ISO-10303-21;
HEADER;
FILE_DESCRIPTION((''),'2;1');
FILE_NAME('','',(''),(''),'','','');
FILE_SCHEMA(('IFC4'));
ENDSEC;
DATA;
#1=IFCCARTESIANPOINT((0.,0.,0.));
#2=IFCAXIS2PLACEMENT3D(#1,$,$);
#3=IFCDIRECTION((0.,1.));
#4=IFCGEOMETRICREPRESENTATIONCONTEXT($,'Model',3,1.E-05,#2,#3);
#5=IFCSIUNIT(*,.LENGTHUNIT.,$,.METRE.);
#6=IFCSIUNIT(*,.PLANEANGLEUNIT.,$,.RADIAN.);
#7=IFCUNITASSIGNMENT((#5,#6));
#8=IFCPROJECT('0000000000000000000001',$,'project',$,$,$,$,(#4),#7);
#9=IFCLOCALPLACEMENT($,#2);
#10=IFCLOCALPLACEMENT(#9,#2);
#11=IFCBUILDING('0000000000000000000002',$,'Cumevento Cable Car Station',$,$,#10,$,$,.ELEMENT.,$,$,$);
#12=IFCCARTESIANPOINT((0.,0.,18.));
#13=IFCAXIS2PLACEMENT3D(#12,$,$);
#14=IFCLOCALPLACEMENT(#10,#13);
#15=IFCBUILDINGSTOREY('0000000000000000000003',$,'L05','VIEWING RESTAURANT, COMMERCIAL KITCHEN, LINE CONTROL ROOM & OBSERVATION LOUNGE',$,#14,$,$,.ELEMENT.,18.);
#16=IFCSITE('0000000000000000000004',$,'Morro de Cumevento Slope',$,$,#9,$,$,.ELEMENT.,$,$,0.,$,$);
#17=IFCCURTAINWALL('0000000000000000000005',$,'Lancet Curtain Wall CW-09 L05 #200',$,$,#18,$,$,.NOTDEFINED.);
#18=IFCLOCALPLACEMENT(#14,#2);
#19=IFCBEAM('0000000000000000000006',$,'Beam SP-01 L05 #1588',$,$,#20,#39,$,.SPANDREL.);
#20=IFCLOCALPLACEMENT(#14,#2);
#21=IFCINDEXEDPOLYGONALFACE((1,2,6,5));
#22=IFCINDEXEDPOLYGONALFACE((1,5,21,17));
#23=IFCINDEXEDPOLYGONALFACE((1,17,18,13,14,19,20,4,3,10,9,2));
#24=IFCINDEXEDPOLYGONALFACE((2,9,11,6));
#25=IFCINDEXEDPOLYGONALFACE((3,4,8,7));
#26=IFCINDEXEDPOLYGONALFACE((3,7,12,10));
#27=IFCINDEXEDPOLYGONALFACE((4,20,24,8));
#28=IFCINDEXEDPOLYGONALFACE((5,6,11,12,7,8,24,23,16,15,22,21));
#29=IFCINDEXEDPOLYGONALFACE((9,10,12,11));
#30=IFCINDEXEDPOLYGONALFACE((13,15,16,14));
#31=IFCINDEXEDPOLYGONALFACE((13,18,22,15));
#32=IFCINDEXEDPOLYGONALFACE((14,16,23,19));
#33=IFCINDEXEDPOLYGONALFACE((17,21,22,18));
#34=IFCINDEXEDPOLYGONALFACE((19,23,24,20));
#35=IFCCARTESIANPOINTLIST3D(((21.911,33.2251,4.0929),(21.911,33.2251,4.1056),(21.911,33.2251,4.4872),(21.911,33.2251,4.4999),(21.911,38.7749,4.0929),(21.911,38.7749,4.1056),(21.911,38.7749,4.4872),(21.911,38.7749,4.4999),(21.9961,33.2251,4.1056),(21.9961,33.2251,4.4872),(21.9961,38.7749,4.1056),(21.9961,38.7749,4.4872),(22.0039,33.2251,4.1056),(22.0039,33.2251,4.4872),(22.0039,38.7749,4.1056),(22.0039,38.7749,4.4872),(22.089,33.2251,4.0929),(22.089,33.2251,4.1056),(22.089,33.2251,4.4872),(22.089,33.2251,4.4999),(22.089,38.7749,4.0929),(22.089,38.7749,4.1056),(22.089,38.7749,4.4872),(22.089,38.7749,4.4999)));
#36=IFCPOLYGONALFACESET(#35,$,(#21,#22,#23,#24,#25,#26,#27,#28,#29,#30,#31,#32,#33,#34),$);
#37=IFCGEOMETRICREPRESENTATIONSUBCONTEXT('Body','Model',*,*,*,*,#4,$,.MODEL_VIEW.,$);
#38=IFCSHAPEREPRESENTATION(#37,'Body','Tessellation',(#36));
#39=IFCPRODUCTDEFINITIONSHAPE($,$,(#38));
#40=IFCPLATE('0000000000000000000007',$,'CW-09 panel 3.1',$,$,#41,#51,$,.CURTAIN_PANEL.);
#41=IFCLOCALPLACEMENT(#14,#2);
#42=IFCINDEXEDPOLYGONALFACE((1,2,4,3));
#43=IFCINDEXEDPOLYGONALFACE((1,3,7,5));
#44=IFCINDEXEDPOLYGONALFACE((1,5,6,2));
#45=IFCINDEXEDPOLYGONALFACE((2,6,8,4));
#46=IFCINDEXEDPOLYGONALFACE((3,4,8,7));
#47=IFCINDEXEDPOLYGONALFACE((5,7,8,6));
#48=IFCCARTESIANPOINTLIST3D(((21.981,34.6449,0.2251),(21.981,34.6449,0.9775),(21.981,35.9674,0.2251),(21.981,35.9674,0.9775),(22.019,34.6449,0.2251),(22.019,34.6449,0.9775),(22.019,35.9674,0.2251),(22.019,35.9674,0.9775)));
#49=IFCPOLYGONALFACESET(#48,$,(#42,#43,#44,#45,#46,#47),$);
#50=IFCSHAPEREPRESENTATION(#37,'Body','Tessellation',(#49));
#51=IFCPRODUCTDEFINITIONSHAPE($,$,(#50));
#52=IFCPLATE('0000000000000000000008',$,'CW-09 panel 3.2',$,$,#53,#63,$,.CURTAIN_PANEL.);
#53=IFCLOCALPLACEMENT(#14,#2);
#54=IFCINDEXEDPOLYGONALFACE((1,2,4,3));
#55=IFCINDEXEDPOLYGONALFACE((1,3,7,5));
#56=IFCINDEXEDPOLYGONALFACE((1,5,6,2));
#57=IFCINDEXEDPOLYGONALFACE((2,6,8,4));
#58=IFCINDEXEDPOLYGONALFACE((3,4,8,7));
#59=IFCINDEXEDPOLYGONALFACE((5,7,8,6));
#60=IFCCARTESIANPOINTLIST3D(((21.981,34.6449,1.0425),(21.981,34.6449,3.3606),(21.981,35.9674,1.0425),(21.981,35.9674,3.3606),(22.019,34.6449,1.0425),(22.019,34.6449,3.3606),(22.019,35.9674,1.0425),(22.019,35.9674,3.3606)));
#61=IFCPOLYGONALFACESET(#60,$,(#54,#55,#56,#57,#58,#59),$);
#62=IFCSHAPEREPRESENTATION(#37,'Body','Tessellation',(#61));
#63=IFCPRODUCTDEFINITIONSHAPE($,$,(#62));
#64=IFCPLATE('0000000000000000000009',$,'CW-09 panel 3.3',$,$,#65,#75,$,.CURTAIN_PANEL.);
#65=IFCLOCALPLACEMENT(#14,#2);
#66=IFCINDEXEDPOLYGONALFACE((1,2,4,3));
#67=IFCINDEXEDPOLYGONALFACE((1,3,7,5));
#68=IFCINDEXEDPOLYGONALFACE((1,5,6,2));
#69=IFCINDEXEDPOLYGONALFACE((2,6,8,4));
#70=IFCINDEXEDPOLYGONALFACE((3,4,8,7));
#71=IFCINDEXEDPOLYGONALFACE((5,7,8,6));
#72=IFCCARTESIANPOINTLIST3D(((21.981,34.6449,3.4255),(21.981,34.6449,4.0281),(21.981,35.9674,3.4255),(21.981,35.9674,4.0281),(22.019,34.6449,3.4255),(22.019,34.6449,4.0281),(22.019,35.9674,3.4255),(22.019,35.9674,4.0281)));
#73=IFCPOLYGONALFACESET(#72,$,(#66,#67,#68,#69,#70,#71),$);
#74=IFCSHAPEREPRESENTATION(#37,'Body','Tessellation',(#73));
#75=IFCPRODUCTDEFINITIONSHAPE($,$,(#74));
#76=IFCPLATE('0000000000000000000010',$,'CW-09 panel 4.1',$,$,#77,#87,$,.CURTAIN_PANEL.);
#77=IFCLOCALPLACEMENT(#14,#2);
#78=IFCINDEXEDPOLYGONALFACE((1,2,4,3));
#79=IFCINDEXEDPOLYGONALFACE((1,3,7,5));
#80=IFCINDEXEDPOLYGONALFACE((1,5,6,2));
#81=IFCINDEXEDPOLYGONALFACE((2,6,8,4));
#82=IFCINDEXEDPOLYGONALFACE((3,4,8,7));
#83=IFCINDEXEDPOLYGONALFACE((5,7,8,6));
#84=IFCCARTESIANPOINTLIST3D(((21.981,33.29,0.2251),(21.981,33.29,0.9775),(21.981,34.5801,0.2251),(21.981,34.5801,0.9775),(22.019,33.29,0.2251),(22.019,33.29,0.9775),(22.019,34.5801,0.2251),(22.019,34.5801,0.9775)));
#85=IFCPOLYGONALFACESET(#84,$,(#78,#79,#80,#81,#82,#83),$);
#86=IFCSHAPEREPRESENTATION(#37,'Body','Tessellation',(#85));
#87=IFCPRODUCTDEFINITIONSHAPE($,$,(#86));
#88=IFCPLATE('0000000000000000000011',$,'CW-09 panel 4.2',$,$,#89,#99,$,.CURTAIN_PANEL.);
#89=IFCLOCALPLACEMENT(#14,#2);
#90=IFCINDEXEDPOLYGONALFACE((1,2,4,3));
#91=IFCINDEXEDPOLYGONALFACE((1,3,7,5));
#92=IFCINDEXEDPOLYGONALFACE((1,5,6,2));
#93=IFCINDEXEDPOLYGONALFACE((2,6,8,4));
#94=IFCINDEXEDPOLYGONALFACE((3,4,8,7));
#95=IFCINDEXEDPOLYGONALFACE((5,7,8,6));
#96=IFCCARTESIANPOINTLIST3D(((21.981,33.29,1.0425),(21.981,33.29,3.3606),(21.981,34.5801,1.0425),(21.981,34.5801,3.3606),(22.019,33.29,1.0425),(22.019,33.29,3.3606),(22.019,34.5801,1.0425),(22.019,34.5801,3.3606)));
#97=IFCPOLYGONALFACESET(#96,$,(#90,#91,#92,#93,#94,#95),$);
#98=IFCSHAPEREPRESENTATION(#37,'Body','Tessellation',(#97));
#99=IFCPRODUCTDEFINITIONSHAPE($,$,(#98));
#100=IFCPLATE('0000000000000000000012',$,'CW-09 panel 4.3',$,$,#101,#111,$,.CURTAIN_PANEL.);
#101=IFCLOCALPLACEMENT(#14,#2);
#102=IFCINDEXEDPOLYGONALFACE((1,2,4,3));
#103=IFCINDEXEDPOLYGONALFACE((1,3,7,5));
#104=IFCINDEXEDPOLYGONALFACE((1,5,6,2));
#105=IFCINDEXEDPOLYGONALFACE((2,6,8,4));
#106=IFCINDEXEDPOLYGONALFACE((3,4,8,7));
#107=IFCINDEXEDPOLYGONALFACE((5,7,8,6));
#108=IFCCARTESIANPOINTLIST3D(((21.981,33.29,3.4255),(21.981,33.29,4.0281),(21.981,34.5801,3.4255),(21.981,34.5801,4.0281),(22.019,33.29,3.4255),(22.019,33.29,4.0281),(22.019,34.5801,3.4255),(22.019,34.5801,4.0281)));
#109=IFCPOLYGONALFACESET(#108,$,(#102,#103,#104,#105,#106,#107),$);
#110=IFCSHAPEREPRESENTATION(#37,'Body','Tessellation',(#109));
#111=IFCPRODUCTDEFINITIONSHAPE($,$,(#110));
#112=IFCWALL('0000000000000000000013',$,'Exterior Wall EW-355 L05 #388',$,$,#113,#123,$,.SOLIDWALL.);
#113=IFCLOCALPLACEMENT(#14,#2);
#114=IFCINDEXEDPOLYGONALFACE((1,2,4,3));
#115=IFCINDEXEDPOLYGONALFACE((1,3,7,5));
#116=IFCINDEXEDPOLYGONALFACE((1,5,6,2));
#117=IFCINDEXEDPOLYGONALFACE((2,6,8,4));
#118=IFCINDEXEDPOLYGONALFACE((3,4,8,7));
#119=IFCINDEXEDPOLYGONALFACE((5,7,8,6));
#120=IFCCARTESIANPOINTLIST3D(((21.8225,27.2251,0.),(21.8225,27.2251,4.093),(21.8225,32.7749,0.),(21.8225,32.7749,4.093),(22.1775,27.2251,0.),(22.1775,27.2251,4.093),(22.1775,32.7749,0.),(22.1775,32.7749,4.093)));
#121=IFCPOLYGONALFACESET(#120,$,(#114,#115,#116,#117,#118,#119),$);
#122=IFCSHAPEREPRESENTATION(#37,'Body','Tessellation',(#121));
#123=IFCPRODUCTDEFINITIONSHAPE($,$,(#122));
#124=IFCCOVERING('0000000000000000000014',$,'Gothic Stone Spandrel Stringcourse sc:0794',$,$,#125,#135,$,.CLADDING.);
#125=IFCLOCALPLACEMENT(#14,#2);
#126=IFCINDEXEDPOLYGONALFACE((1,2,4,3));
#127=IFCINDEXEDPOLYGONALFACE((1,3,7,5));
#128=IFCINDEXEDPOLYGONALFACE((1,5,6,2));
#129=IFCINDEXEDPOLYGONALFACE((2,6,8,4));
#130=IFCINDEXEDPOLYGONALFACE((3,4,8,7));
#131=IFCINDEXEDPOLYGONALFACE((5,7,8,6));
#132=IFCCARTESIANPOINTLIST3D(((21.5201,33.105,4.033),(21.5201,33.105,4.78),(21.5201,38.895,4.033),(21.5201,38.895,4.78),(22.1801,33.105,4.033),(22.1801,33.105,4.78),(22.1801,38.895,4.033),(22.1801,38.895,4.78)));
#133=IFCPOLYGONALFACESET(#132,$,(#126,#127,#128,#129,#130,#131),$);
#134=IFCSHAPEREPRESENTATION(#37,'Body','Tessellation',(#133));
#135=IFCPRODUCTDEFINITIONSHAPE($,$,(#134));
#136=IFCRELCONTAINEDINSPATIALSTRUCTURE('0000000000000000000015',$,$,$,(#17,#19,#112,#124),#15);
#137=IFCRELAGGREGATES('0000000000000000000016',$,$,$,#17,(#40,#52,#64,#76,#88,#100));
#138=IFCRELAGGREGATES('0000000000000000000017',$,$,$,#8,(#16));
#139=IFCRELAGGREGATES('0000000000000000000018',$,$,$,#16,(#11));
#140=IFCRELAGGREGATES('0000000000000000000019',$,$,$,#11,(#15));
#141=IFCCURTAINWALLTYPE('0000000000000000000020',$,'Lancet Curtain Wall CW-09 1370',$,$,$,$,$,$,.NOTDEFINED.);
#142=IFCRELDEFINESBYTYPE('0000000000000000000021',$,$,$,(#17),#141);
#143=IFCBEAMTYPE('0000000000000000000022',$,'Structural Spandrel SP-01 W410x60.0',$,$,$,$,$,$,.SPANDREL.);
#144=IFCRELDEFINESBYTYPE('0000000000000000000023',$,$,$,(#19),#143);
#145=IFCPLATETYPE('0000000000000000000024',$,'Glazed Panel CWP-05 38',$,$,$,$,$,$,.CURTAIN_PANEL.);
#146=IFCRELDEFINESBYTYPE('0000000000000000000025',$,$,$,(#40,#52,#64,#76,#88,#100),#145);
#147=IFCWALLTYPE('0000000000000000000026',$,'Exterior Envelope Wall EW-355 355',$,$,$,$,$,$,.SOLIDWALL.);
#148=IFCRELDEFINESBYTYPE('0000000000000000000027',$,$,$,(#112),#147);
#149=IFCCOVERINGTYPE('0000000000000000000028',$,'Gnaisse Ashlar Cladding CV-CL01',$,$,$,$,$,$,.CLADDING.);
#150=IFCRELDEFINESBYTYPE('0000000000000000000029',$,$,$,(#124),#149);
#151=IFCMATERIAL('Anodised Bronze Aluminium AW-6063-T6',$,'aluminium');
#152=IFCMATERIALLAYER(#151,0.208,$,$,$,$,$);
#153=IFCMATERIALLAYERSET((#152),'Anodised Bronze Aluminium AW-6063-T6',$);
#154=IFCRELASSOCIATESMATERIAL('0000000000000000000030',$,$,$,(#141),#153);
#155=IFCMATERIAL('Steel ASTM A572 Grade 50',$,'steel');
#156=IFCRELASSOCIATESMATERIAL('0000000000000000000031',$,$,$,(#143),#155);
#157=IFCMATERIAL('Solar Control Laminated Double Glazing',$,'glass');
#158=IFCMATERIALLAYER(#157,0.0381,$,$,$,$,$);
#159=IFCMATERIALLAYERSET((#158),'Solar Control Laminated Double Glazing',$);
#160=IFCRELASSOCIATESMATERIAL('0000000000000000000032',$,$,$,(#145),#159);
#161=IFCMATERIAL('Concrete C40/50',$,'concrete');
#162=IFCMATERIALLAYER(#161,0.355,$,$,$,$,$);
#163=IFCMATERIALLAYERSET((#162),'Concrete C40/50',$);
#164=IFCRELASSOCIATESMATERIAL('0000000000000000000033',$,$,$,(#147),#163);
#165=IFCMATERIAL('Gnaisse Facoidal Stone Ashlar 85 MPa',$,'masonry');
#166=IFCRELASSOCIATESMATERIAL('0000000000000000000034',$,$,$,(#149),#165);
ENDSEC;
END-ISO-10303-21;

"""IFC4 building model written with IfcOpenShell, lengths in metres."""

from ifc_helpers import new_model, si_unit, direction, frame, frame_2d, origin, origin_2d, place, context, subcontext, project, spatial, rectangle, i_section, extrude, material, layer, layer_set, material_profile, profile_set, type_object, element, aggregate, save


model = new_model("IFC4")

# Units and contexts
model_context = context("Model", 3, precision=1e-05, world=origin(), true_north=direction((0.0, 1.0)))
body_context = subcontext(model_context, "Body", "Model", "MODEL_VIEW")
ifc_project = project(units=[si_unit("LENGTHUNIT", "METRE"), si_unit("PLANEANGLEUNIT", "RADIAN")], contexts=[model_context])

# Site, building, storey
site_placement = place(None, origin())
site = spatial("IfcSite", under=ifc_project, at=site_placement, Name="Morro de Cumevento Slope", CompositionType="ELEMENT", RefElevation=0.0)
building_placement = place(site_placement, origin())
building = spatial("IfcBuilding", under=site, at=building_placement, Name="Cumevento Cable Car Station", CompositionType="ELEMENT")
storey_placement = place(building_placement, frame((0.0, 0.0, 18.0)))
storey = spatial("IfcBuildingStorey", under=building, at=storey_placement, Name="L05", Description="VIEWING RESTAURANT, COMMERCIAL KITCHEN, LINE CONTROL ROOM & OBSERVATION LOUNGE", CompositionType="ELEMENT", Elevation=18.0)

# Curtain wall
ifc_material_1 = material(Name="Anodised Bronze Aluminium AW-6063-T6", Category="aluminium")
ifc_layer_1 = layer(ifc_material_1, 0.208)
ifc_layer_set_1 = layer_set([ifc_layer_1], Name="Anodised Bronze Aluminium AW-6063-T6")
curtain_wall_type = type_object("IfcCurtainWallType", Name="Lancet Curtain Wall CW-09 1370", PredefinedType="NOTDEFINED", material=ifc_layer_set_1)
curtain_wall_placement = place(storey_placement, origin())
curtain_wall = element("IfcCurtainWall", 1, at=curtain_wall_placement, inside=storey, type_object=curtain_wall_type, Name="Lancet Curtain Wall CW-09 L05 #200", PredefinedType="NOTDEFINED")

# Beam
ifc_material_2 = material(Name="Steel ASTM A572 Grade 50", Category="steel")
ifc_material_profile_1 = material_profile(ifc_material_2, i_section(OverallWidth=0.178, OverallDepth=0.407, WebThickness=0.0078, FlangeThickness=0.0127, at=origin_2d()), Name="W410x60.0")
ifc_profile_set_1 = profile_set([ifc_material_profile_1], Name="Steel ASTM A572 Grade 50")
beam_type = type_object("IfcBeamType", Name="Structural Spandrel SP-01 W410x60.0", PredefinedType="SPANDREL", material=ifc_profile_set_1)
beam_placement = place(storey_placement, frame((22.0, 33.2251, 4.2964), z_axis=(0.0, 1.0, 0.0), x_axis=(-1.0, 0.0, 0.0)))
element("IfcBeam", 2, at=beam_placement, inside=storey, type_object=beam_type, Name="Beam SP-01 L05 #1588", PredefinedType="SPANDREL", context=body_context, shape_type="SweptSolid", body=[
    extrude(i_section(OverallWidth=0.178, OverallDepth=0.407, WebThickness=0.0078, FlangeThickness=0.0127, at=origin_2d()), origin(), (0.0, 0.0, 1.0), 5.5498),
])

# Plates
ifc_material_3 = material(Name="Solar Control Laminated Double Glazing", Category="glass")
ifc_layer_2 = layer(ifc_material_3, 0.0381)
ifc_layer_set_2 = layer_set([ifc_layer_2], Name="Solar Control Laminated Double Glazing")
plate_type = type_object("IfcPlateType", Name="Glazed Panel CWP-05 38", PredefinedType="CURTAIN_PANEL", material=ifc_layer_set_2)
plate_1_placement = place(storey_placement, frame((22.0, 35.3062, 0.2251), z_axis=(0.0, 0.0, 1.0), x_axis=(0.0, -1.0, 0.0)))
plate_1 = element("IfcPlate", 3, at=plate_1_placement, type_object=plate_type, Name="CW-09 panel 3.1", PredefinedType="CURTAIN_PANEL", context=body_context, shape_type="SweptSolid", body=[
    extrude(rectangle(XDim=1.3225, YDim=0.0381, at=origin_2d()), origin(), (0.0, 0.0, 1.0), 0.7524),
])
plate_2_placement = place(storey_placement, frame((22.0, 35.3062, 1.0425), z_axis=(0.0, 0.0, 1.0), x_axis=(0.0, -1.0, 0.0)))
plate_2 = element("IfcPlate", 4, at=plate_2_placement, type_object=plate_type, Name="CW-09 panel 3.2", PredefinedType="CURTAIN_PANEL", context=body_context, shape_type="SweptSolid", body=[
    extrude(rectangle(XDim=1.3225, YDim=0.0381, at=origin_2d()), origin(), (0.0, 0.0, 1.0), 2.3181),
])
plate_3_placement = place(storey_placement, frame((22.0, 35.3062, 3.4255), z_axis=(0.0, 0.0, 1.0), x_axis=(0.0, -1.0, 0.0)))
plate_3 = element("IfcPlate", 5, at=plate_3_placement, type_object=plate_type, Name="CW-09 panel 3.3", PredefinedType="CURTAIN_PANEL", context=body_context, shape_type="SweptSolid", body=[
    extrude(rectangle(XDim=1.3225, YDim=0.0381, at=origin_2d()), origin(), (0.0, 0.0, 1.0), 0.6025),
])
plate_4_placement = place(storey_placement, frame((22.0, 33.9351, 0.2251), z_axis=(0.0, 0.0, 1.0), x_axis=(0.0, -1.0, 0.0)))
plate_4 = element("IfcPlate", 6, at=plate_4_placement, type_object=plate_type, Name="CW-09 panel 4.1", PredefinedType="CURTAIN_PANEL", context=body_context, shape_type="SweptSolid", body=[
    extrude(rectangle(XDim=1.29, YDim=0.0381, at=origin_2d()), origin(), (0.0, 0.0, 1.0), 0.7524),
])
plate_5_placement = place(storey_placement, frame((22.0, 33.9351, 1.0425), z_axis=(0.0, 0.0, 1.0), x_axis=(0.0, -1.0, 0.0)))
plate_5 = element("IfcPlate", 7, at=plate_5_placement, type_object=plate_type, Name="CW-09 panel 4.2", PredefinedType="CURTAIN_PANEL", context=body_context, shape_type="SweptSolid", body=[
    extrude(rectangle(XDim=1.29, YDim=0.0381, at=origin_2d()), origin(), (0.0, 0.0, 1.0), 2.3181),
])
plate_6_placement = place(storey_placement, frame((22.0, 33.9351, 3.4255), z_axis=(0.0, 0.0, 1.0), x_axis=(0.0, -1.0, 0.0)))
plate_6 = element("IfcPlate", 8, at=plate_6_placement, type_object=plate_type, Name="CW-09 panel 4.3", PredefinedType="CURTAIN_PANEL", context=body_context, shape_type="SweptSolid", body=[
    extrude(rectangle(XDim=1.29, YDim=0.0381, at=origin_2d()), origin(), (0.0, 0.0, 1.0), 0.6025),
])
aggregate(curtain_wall, [plate_1, plate_2, plate_3, plate_4, plate_5, plate_6])

# Wall
ifc_material_4 = material(Name="Concrete C40/50", Category="concrete")
ifc_layer_3 = layer(ifc_material_4, 0.355)
ifc_layer_set_3 = layer_set([ifc_layer_3], Name="Concrete C40/50")
wall_type = type_object("IfcWallType", Name="Exterior Envelope Wall EW-355 355", PredefinedType="SOLIDWALL", material=ifc_layer_set_3)
wall_placement = place(storey_placement, frame((22.0, 32.7749, 0.0), z_axis=(0.0, 0.0, 1.0), x_axis=(0.0, -1.0, 0.0)))
element("IfcWall", 9, at=wall_placement, inside=storey, type_object=wall_type, Name="Exterior Wall EW-355 L05 #388", PredefinedType="SOLIDWALL", context=body_context, shape_type="SweptSolid", body=[
    extrude(rectangle(XDim=5.5498, YDim=0.355, at=frame_2d((2.7749, 0.0))), origin(), (0.0, 0.0, 1.0), 4.093),
])

# Covering
ifc_material_5 = material(Name="Gnaisse Facoidal Stone Ashlar 85 MPa", Category="masonry")
covering_type = type_object("IfcCoveringType", Name="Gnaisse Ashlar Cladding CV-CL01", PredefinedType="CLADDING", material=ifc_material_5)
covering_1_placement = place(storey_placement, frame((21.8501, 36.0, 4.033), z_axis=(0.0, 0.0, 1.0), x_axis=(0.0, -1.0, 0.0)))
element("IfcCovering", 10, at=covering_1_placement, inside=storey, type_object=covering_type, Name="Gothic Stone Spandrel Stringcourse sc:0794", PredefinedType="CLADDING", context=body_context, shape_type="SweptSolid", body=[
    extrude(rectangle(XDim=5.79, YDim=0.6599, at=origin_2d()), origin(), (0.0, 0.0, 1.0), 0.7471),
])

save(model, "model.ifc")
